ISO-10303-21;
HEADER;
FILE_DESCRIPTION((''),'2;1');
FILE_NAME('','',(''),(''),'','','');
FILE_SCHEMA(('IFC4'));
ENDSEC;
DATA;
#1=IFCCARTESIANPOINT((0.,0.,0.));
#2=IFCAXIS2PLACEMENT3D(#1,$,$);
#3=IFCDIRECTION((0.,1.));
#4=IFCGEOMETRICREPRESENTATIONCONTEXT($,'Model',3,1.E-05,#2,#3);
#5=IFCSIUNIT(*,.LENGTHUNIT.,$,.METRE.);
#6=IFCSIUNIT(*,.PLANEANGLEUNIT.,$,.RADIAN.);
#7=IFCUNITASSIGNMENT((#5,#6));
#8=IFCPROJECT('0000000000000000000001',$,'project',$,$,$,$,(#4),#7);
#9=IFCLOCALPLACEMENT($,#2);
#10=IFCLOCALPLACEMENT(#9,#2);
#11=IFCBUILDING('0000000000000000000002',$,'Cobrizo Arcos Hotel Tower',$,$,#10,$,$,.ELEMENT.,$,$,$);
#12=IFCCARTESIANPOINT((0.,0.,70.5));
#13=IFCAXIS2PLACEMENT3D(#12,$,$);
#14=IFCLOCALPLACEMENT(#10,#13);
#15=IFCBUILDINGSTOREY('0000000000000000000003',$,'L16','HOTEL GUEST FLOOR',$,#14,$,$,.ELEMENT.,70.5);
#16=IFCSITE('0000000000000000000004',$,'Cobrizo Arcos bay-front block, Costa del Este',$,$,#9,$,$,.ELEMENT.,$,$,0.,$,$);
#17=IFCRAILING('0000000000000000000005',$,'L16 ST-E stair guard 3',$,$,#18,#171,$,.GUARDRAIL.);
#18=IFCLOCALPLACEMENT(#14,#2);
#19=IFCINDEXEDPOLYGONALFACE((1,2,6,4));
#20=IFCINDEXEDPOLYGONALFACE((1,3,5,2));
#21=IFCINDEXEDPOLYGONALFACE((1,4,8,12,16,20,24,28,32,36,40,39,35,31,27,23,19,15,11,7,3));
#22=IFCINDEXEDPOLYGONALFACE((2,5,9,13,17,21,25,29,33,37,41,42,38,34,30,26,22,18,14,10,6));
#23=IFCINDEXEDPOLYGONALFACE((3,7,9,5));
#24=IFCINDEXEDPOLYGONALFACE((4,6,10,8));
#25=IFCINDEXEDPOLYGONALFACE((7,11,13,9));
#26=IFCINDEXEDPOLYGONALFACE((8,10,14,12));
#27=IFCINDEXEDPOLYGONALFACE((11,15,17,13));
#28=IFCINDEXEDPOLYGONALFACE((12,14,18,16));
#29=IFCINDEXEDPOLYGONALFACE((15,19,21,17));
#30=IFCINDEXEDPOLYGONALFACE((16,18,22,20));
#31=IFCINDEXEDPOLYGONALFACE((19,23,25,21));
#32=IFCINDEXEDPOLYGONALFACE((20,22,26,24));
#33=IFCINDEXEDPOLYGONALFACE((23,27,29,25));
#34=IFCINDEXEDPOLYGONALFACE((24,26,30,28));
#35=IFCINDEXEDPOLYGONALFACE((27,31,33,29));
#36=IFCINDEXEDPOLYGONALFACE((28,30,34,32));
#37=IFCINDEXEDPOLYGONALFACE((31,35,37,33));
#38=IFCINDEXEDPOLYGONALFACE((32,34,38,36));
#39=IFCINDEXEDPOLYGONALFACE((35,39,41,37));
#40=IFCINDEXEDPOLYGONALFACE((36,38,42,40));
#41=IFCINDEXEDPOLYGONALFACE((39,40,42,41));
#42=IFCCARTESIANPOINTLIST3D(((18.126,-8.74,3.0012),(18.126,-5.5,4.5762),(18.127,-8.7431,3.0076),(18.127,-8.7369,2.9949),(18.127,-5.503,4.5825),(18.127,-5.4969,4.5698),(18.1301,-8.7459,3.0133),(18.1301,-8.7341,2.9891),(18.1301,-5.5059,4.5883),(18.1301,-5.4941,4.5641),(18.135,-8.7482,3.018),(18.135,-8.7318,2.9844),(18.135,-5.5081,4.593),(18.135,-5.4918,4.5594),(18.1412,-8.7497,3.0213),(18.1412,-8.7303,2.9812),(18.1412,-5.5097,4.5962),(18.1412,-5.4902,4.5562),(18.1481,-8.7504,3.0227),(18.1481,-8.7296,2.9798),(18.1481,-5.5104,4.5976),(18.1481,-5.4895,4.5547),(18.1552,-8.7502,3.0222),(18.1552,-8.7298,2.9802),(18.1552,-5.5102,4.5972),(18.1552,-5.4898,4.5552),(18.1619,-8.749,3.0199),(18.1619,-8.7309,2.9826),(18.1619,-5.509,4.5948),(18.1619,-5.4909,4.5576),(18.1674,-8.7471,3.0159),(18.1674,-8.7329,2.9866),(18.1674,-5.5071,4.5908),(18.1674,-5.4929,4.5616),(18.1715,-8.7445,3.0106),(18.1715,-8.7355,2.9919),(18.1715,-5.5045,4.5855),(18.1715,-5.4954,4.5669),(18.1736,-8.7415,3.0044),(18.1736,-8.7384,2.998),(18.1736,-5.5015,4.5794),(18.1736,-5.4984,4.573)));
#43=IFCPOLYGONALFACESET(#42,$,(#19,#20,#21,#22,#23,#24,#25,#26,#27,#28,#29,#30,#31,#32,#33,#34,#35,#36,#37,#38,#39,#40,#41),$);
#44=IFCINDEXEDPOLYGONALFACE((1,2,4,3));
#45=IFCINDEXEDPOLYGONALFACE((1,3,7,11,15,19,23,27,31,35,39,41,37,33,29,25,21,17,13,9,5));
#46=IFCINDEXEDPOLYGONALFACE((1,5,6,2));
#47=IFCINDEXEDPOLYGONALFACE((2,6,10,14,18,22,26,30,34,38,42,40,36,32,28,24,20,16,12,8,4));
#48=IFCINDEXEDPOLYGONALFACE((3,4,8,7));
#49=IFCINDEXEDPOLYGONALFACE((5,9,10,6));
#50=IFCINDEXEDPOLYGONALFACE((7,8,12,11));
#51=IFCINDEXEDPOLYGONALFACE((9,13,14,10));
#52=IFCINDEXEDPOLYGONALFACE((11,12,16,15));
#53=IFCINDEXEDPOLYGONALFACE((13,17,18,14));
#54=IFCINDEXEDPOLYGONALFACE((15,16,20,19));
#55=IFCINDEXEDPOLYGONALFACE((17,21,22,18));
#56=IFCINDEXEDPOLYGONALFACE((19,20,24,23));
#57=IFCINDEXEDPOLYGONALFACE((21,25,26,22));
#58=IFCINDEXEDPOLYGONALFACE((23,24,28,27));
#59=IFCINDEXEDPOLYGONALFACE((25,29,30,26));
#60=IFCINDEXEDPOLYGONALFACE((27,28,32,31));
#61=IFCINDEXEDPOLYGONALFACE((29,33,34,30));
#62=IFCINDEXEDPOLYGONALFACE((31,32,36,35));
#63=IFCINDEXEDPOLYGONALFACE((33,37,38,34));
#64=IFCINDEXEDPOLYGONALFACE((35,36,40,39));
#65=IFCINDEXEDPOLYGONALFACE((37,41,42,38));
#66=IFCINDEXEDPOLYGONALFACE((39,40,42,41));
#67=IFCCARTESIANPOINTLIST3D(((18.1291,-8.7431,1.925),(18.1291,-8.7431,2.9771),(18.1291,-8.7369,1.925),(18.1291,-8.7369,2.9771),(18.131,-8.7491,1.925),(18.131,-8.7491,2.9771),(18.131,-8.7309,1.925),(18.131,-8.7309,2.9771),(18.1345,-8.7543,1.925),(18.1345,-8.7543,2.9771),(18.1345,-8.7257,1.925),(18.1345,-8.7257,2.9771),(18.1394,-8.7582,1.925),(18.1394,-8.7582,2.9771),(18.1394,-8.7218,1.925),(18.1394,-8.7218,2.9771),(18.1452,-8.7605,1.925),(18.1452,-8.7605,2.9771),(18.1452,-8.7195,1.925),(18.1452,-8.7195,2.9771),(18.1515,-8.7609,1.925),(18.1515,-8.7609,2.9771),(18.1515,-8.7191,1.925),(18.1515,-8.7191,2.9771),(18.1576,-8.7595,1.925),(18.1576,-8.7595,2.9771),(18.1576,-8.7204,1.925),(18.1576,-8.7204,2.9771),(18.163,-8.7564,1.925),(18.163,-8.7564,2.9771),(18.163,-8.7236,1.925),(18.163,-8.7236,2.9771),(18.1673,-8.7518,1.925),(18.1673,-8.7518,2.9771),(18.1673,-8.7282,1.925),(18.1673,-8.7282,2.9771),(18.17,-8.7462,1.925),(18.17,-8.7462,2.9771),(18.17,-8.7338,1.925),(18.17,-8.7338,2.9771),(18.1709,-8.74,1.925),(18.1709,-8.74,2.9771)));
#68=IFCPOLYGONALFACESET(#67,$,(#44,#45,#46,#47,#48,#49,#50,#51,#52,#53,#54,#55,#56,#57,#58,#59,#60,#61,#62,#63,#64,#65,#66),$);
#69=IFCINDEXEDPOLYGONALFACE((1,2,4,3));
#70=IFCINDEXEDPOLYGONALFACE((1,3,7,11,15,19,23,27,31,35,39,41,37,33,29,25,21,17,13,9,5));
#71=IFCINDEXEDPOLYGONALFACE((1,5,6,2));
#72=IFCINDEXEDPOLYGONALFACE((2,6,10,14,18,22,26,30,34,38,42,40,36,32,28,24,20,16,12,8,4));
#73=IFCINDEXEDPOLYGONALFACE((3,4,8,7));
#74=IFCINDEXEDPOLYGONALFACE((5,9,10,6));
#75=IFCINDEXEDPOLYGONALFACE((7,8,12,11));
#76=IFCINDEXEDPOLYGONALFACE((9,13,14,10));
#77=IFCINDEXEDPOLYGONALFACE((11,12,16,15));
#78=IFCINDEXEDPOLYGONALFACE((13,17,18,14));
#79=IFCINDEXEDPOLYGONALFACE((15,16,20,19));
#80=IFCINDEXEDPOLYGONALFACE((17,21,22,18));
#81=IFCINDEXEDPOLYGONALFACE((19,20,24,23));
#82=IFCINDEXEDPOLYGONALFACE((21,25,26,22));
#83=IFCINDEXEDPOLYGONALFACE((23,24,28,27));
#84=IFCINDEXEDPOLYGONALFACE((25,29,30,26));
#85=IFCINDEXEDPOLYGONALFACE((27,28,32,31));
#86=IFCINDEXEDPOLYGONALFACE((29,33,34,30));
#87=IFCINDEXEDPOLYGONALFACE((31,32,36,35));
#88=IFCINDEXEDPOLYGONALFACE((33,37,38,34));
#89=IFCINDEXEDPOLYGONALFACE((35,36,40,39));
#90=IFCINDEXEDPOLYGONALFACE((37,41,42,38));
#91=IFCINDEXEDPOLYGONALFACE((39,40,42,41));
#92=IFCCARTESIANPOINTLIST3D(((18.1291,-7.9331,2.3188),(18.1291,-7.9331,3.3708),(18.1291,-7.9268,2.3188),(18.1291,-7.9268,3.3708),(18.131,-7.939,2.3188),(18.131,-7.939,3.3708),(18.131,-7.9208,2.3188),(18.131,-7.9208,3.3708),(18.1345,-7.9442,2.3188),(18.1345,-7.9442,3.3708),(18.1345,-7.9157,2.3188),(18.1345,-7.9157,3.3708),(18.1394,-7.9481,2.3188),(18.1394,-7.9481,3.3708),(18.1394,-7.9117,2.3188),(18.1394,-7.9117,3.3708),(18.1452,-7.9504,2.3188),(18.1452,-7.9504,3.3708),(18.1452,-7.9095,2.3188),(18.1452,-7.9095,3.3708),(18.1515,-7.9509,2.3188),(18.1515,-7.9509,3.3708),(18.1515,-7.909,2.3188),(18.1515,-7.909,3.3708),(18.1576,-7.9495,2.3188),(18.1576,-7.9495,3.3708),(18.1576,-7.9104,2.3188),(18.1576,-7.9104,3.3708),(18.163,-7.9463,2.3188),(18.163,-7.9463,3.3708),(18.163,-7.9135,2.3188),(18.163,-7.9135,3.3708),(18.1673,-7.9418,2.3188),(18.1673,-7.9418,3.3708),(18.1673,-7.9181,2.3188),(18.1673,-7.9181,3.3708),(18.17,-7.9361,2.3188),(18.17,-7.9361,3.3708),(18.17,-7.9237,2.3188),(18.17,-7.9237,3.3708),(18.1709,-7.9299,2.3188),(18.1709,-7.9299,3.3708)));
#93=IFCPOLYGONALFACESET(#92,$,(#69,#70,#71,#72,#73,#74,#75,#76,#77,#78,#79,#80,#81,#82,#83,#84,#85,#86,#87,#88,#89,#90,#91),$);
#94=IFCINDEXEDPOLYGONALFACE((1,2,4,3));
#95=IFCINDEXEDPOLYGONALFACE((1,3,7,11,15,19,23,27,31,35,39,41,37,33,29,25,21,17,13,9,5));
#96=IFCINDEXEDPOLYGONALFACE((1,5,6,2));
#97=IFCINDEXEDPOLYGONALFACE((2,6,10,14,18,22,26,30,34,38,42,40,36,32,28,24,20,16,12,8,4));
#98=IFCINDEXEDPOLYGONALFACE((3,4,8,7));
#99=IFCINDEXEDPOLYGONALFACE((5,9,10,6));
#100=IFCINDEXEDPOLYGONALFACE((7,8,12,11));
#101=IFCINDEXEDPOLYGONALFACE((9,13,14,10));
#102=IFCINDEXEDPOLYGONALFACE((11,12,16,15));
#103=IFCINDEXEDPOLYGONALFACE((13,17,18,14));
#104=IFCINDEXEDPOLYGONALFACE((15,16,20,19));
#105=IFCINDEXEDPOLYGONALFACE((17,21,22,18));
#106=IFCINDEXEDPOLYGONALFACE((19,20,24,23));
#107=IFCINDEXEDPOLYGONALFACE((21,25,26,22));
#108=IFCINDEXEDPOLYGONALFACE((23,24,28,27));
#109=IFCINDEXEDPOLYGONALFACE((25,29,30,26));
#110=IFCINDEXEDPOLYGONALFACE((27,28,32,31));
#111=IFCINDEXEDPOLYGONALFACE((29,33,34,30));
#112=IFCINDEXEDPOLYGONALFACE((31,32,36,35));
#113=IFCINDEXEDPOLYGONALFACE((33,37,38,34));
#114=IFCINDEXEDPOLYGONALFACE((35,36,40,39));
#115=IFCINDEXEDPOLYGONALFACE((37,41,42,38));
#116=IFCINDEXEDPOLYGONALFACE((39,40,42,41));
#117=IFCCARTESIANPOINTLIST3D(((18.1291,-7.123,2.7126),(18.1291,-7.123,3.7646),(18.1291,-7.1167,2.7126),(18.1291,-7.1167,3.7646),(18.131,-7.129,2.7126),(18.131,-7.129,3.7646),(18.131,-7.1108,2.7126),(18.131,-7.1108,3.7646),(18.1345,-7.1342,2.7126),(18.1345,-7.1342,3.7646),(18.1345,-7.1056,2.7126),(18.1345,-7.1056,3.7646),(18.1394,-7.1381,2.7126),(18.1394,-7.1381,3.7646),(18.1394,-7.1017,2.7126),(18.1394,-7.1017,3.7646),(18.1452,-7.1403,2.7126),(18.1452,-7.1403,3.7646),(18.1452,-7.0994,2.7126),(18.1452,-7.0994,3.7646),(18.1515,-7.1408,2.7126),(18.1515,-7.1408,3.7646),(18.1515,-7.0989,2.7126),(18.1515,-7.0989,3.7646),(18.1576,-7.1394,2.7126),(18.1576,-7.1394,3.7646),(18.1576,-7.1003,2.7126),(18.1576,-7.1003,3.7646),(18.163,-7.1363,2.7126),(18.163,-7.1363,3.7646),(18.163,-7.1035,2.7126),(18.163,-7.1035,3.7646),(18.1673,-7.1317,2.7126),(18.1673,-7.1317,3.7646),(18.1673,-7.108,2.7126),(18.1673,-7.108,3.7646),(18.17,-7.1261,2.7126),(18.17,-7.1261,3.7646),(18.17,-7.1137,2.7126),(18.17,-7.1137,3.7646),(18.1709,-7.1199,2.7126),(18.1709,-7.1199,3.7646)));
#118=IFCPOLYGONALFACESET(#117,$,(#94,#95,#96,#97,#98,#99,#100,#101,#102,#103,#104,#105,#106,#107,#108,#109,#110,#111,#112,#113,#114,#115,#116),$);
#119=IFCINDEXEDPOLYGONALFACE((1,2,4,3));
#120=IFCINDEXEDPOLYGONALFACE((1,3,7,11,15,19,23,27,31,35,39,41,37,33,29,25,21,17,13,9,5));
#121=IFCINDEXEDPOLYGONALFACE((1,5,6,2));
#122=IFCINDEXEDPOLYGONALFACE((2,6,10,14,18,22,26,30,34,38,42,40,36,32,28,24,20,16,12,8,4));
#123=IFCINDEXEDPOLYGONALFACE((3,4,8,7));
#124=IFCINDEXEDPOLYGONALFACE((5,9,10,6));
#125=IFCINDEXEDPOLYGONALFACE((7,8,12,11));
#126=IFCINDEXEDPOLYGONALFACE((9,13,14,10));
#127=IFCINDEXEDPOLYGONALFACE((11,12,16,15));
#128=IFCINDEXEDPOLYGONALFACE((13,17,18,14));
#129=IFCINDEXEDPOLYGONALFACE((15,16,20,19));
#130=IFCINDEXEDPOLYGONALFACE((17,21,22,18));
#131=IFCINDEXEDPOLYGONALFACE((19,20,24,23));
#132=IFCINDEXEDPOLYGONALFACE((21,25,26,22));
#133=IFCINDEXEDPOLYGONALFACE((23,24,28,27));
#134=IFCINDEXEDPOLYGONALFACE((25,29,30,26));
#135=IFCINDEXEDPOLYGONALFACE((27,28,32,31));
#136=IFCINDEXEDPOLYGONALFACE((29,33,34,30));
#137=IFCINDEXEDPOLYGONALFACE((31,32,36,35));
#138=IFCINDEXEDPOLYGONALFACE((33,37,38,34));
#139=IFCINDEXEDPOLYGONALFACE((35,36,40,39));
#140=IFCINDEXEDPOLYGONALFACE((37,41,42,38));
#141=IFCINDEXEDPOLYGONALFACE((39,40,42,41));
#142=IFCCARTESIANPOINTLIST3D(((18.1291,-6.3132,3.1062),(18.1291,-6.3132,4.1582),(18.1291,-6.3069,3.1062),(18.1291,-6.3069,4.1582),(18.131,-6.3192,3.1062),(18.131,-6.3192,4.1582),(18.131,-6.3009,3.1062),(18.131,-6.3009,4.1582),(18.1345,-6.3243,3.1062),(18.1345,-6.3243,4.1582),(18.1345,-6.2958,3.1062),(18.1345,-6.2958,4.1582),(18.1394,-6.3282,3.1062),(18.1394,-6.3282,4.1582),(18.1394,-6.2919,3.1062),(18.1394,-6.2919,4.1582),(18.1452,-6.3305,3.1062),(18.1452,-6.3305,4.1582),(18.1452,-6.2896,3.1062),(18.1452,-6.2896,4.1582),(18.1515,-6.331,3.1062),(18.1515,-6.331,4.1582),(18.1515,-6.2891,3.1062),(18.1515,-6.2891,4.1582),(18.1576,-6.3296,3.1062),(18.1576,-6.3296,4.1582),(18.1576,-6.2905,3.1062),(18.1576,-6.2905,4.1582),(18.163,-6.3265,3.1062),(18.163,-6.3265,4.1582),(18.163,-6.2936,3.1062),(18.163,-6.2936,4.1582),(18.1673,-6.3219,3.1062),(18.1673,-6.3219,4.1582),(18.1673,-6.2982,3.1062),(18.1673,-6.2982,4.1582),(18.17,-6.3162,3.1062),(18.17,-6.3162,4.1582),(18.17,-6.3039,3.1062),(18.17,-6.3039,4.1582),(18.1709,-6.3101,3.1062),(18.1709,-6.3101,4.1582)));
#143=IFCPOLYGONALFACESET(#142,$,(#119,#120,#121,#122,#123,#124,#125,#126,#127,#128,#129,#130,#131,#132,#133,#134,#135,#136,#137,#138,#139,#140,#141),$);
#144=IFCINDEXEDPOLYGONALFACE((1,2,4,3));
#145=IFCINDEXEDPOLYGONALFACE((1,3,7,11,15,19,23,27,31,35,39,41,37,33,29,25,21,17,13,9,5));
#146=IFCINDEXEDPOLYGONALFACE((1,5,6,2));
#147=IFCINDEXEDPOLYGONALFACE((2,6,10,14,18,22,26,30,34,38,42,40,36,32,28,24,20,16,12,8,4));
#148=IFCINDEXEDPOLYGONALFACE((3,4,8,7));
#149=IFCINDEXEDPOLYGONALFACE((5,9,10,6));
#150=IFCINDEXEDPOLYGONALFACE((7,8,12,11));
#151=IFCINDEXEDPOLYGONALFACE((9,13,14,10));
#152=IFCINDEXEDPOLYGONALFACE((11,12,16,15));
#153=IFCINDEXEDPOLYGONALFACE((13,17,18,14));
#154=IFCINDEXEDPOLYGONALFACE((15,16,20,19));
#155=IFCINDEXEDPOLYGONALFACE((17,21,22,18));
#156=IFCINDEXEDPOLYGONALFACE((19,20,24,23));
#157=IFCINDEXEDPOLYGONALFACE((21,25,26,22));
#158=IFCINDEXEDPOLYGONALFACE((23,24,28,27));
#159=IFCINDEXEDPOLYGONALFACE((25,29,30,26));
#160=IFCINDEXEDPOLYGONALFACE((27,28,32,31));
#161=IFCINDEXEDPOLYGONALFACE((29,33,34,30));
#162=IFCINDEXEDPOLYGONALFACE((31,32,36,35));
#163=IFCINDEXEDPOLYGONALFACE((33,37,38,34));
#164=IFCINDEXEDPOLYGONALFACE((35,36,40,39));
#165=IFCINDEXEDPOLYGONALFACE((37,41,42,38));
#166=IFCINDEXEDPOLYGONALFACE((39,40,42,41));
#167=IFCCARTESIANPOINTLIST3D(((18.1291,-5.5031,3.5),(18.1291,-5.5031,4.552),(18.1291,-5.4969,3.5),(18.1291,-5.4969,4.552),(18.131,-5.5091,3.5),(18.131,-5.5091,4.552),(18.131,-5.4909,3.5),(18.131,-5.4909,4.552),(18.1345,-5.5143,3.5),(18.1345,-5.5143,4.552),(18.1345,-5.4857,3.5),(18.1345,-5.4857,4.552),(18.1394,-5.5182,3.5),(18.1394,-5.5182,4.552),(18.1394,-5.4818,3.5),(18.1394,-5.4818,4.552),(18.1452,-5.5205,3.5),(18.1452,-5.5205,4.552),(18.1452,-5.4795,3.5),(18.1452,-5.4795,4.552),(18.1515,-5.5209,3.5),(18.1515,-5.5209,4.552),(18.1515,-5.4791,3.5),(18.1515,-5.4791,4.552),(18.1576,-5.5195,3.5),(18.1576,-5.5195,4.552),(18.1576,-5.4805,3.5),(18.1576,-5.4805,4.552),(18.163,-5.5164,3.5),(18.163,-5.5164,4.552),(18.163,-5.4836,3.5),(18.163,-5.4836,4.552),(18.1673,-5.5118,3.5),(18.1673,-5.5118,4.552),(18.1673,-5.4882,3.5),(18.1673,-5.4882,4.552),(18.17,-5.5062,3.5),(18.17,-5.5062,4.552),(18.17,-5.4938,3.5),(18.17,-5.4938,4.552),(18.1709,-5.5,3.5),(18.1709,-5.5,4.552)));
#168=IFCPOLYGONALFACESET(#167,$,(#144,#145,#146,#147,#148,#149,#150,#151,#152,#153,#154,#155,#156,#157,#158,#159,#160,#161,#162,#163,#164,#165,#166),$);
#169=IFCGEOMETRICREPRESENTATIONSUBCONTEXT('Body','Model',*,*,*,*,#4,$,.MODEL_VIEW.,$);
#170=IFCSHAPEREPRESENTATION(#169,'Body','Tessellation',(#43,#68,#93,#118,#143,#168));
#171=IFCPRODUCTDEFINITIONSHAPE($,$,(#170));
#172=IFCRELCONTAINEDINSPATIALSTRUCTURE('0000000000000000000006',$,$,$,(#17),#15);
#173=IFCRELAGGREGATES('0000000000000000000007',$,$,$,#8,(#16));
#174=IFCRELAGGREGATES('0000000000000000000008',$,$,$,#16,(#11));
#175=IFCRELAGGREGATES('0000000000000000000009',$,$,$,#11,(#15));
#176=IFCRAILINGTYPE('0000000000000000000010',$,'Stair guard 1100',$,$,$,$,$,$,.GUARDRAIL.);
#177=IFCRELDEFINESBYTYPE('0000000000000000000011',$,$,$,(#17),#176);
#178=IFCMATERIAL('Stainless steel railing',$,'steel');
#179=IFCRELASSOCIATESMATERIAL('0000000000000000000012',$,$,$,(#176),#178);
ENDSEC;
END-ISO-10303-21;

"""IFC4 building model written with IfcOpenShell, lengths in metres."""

from ifc_helpers import new_model, si_unit, direction, frame, origin, origin_2d, place, context, subcontext, project, spatial, circle, extrude, material, type_object, element, save


model = new_model("IFC4")

# Units and contexts
model_context = context("Model", 3, precision=1e-05, world=origin(), true_north=direction((0.0, 1.0)))
body_context = subcontext(model_context, "Body", "Model", "MODEL_VIEW")
ifc_project = project(units=[si_unit("LENGTHUNIT", "METRE"), si_unit("PLANEANGLEUNIT", "RADIAN")], contexts=[model_context])

# Site, building, storey
site_placement = place(None, origin())
site = spatial("IfcSite", under=ifc_project, at=site_placement, Name="Cobrizo Arcos bay-front block, Costa del Este", CompositionType="ELEMENT", RefElevation=0.0)
building_placement = place(site_placement, origin())
building = spatial("IfcBuilding", under=site, at=building_placement, Name="Cobrizo Arcos Hotel Tower", CompositionType="ELEMENT")
storey_placement = place(building_placement, frame((0.0, 0.0, 70.5)))
storey = spatial("IfcBuildingStorey", under=building, at=storey_placement, Name="L16", Description="HOTEL GUEST FLOOR", CompositionType="ELEMENT", Elevation=70.5)

# Railing
ifc_material_1 = material(Name="Stainless steel railing", Category="steel")
railing_type_1 = type_object("IfcRailingType", Name="Stair guard 1100", PredefinedType="GUARDRAIL", material=ifc_material_1)
railing_1_placement = place(storey_placement, frame((18.1499, -8.74, 1.925)))
element("IfcRailing", 1, at=railing_1_placement, inside=storey, type_object=railing_type_1, Name="L16 ST-E stair guard 3", PredefinedType="GUARDRAIL", context=body_context, shape_type="SweptSolid", body=[
    extrude(circle(Radius=0.0239, at=origin_2d()), frame((0.0, 0.0, 1.0762), z_axis=(0.0, 0.899373, 0.437183), x_axis=(-1.0, 0.0, 0.0)), (0.0, 0.0, 1.0), 3.6025),
    extrude(circle(Radius=0.021, at=origin_2d()), origin(), (0.0, 0.0, 1.0), 1.052),
    extrude(circle(Radius=0.021, at=origin_2d()), frame((0.0, 0.8101, 0.3938)), (0.0, 0.0, 1.0), 1.052),
    extrude(circle(Radius=0.021, at=origin_2d()), frame((0.0, 1.6201, 0.7876)), (0.0, 0.0, 1.0), 1.052),
    extrude(circle(Radius=0.021, at=origin_2d()), frame((0.0, 2.4299, 1.1812)), (0.0, 0.0, 1.0), 1.052),
    extrude(circle(Radius=0.021, at=origin_2d()), frame((0.0, 3.24, 1.575)), (0.0, 0.0, 1.0), 1.052),
])

save(model, "model.ifc")
